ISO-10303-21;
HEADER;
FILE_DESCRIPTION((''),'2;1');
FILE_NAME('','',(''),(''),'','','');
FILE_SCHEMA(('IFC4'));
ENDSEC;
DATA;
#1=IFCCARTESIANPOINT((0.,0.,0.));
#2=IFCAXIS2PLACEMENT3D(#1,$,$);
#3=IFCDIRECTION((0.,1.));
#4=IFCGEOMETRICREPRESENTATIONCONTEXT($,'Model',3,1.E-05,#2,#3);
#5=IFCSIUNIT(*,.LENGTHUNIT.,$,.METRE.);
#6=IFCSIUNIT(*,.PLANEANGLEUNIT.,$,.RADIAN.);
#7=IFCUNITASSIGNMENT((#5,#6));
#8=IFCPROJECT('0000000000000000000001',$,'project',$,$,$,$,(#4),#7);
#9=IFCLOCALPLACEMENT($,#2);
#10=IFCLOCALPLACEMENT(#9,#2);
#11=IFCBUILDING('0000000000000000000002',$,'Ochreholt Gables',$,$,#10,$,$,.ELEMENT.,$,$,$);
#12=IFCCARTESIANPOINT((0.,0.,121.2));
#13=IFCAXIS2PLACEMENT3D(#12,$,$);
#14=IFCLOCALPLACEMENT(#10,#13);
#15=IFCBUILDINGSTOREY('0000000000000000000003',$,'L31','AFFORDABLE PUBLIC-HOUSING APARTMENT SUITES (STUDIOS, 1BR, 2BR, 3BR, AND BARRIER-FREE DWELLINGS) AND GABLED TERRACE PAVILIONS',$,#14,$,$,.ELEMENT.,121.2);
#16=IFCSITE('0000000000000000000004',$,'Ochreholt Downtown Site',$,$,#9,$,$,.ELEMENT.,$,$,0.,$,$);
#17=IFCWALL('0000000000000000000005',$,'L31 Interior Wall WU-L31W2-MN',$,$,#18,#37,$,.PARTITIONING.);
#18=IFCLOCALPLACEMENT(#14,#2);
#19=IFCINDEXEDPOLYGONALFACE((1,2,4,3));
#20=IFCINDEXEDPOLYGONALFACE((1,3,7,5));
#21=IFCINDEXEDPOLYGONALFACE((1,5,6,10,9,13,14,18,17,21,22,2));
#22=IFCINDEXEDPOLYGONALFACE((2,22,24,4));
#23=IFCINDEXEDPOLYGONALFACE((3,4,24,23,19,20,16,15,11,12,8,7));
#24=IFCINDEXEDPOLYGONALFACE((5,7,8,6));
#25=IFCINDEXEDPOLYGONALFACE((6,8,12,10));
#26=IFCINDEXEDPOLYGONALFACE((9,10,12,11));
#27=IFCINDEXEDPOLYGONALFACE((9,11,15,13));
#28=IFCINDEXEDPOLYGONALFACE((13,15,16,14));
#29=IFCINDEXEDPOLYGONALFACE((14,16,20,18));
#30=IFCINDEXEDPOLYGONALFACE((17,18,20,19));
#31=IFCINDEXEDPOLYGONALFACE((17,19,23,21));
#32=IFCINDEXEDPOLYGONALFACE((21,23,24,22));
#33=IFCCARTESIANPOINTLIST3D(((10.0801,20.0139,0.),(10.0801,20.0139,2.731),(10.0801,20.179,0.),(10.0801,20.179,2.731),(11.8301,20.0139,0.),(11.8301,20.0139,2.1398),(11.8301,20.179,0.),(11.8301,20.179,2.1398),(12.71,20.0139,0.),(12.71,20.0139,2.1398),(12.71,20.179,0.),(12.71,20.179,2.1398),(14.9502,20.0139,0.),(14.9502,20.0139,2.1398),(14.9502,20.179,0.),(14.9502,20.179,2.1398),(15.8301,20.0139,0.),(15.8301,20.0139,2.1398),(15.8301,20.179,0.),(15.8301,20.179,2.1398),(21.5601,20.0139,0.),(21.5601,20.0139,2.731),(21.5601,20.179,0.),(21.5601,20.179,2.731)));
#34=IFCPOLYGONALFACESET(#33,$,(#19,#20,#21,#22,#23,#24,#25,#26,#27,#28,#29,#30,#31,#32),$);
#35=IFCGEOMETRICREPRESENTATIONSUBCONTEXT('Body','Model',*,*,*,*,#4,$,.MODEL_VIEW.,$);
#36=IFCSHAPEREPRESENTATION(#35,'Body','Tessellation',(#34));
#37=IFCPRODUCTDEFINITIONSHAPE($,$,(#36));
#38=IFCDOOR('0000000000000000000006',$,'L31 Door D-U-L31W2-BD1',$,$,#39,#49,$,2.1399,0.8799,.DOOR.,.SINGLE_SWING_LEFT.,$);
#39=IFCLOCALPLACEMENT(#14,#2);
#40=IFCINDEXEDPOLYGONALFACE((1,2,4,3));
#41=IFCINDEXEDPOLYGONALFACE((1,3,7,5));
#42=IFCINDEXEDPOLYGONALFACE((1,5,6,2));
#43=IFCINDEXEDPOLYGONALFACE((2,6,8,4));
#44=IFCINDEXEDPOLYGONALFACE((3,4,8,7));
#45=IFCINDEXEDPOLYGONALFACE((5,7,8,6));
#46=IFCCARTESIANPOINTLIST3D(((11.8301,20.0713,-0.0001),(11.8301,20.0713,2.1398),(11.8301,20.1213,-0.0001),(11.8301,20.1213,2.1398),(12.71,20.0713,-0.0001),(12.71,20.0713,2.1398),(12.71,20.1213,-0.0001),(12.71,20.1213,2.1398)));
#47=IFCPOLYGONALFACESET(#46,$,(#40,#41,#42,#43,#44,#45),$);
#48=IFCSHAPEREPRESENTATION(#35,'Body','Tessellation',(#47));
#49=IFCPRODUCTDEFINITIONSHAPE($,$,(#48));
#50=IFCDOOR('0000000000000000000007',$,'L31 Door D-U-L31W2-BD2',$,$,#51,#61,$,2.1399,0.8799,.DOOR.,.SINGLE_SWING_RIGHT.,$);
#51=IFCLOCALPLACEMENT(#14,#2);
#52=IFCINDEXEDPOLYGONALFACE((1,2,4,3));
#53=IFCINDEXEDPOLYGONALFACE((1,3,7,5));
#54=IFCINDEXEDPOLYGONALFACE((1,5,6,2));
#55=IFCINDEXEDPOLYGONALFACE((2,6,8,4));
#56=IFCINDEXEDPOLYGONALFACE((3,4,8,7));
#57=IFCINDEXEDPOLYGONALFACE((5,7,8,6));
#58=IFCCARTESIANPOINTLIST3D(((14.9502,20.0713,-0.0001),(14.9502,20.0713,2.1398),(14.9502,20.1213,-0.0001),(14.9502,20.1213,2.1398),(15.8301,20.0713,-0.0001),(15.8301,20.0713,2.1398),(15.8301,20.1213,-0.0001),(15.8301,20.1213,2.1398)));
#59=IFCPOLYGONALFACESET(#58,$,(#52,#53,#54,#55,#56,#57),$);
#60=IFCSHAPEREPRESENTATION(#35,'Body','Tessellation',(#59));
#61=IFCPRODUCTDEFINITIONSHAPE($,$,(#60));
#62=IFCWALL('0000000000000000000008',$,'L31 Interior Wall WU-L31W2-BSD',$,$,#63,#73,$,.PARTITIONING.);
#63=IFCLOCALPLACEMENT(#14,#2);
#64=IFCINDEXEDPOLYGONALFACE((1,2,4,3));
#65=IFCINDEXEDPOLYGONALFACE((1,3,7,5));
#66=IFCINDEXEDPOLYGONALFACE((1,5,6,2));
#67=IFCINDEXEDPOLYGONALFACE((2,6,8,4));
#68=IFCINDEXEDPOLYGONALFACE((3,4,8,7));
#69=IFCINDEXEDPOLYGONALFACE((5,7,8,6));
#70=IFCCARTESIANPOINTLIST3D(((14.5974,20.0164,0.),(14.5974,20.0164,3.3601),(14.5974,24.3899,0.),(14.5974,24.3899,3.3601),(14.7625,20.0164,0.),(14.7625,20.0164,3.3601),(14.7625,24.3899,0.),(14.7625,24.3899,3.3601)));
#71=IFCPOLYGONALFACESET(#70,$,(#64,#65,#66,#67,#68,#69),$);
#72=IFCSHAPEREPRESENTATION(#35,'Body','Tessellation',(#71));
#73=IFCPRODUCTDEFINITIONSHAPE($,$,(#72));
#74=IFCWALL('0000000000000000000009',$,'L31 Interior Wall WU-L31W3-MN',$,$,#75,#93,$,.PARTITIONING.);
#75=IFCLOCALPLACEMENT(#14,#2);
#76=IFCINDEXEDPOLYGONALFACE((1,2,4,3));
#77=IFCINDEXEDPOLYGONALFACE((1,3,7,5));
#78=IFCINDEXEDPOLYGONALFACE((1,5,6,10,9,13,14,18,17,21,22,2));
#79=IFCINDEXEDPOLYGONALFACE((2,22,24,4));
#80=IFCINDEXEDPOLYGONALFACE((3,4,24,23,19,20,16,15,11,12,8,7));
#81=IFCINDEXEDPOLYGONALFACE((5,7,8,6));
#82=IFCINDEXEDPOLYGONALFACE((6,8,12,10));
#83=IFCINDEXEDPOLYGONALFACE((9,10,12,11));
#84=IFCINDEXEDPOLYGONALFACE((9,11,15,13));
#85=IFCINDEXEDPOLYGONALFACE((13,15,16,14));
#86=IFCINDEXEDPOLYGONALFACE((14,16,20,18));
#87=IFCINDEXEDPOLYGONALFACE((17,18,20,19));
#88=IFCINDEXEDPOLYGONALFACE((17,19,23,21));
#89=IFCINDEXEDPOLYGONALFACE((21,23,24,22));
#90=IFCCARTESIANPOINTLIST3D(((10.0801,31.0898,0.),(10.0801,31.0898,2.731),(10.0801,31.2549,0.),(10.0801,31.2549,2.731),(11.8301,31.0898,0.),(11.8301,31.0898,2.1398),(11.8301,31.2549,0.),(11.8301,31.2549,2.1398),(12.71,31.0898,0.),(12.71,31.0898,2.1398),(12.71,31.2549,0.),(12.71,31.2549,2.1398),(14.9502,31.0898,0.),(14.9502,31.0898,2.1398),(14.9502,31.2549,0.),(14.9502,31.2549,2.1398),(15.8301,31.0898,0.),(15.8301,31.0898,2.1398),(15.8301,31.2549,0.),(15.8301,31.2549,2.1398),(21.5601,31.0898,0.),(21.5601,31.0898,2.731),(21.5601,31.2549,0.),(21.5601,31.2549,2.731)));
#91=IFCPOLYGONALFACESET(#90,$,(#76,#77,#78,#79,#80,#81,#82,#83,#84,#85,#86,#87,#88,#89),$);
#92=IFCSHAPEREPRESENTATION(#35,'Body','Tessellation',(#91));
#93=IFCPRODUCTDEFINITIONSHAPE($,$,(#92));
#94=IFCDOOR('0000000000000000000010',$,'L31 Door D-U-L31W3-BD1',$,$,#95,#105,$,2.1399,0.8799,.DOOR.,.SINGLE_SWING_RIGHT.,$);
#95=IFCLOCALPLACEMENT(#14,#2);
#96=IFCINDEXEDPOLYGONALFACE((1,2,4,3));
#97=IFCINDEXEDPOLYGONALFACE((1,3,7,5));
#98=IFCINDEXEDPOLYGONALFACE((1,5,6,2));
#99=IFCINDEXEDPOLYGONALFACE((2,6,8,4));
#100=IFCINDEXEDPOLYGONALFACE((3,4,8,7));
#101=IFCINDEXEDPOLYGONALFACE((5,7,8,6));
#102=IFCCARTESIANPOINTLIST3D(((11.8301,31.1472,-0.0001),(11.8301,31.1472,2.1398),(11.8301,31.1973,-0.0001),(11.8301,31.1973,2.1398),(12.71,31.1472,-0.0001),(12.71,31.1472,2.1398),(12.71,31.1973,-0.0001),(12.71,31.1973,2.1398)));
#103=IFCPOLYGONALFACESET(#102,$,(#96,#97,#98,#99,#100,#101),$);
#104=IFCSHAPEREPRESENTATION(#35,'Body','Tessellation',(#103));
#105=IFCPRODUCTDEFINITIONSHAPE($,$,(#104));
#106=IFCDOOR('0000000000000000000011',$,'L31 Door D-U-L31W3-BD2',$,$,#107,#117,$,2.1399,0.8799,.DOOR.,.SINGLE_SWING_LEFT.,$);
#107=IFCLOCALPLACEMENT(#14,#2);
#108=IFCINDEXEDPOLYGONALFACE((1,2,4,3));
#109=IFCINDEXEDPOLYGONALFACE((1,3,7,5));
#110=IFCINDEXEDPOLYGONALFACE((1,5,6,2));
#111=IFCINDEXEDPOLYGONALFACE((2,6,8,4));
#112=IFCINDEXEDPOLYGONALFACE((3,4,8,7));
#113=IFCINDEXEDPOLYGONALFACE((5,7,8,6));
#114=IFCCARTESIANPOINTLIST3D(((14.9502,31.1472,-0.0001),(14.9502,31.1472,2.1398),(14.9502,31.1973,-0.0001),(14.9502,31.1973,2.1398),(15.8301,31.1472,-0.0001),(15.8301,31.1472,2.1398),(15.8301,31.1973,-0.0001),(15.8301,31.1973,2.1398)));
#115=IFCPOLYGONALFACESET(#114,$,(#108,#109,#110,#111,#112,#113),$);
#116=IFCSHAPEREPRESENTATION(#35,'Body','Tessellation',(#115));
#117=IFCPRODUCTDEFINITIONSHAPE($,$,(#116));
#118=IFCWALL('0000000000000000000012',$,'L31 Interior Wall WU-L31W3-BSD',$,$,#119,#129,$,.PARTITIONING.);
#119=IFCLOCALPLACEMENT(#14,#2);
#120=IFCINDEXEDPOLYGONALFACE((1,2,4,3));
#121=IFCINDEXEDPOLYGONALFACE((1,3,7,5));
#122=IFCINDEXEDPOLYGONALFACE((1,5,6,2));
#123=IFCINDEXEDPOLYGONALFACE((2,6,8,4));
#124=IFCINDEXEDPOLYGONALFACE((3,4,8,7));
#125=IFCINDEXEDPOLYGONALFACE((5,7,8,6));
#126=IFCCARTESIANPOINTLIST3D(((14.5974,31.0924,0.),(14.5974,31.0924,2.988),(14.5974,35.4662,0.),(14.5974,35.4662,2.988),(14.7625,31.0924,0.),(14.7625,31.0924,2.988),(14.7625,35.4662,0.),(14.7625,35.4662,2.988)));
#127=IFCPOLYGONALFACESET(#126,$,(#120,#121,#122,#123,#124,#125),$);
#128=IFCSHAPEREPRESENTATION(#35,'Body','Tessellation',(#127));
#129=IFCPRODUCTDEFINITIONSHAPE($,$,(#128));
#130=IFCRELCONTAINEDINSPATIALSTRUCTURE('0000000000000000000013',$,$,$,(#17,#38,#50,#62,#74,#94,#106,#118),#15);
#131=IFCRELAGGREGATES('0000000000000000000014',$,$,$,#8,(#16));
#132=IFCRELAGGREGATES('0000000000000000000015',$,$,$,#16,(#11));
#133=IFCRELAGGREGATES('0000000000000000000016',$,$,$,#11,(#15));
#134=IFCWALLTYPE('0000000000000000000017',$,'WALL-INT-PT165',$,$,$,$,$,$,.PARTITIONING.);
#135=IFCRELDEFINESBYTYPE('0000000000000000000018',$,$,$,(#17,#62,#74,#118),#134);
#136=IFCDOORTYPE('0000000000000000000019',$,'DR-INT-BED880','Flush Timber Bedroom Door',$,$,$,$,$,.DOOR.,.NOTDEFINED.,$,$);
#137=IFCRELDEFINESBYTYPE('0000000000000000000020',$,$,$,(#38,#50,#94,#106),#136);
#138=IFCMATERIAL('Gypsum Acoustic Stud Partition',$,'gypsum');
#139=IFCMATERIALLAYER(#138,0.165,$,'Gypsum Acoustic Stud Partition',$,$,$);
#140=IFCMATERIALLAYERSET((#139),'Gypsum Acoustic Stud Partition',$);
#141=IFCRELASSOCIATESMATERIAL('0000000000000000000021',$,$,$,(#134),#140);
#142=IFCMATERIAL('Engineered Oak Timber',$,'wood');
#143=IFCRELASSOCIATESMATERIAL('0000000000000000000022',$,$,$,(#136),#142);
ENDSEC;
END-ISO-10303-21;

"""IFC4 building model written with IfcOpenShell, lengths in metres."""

from ifc_helpers import new_model, si_unit, direction, frame, frame_2d, origin, place, context, subcontext, project, spatial, rectangle, extrude, material, layer, layer_set, type_object, element, fill, save


model = new_model("IFC4")

# Units and contexts
model_context = context("Model", 3, precision=1e-05, world=origin(), true_north=direction((0.0, 1.0)))
body_context = subcontext(model_context, "Body", "Model", "MODEL_VIEW")
ifc_project = project(units=[si_unit("LENGTHUNIT", "METRE"), si_unit("PLANEANGLEUNIT", "RADIAN")], contexts=[model_context])

# Site, building, storey
site_placement = place(None, origin())
site = spatial("IfcSite", under=ifc_project, at=site_placement, Name="Ochreholt Downtown Site", CompositionType="ELEMENT", RefElevation=0.0)
building_placement = place(site_placement, origin())
building = spatial("IfcBuilding", under=site, at=building_placement, Name="Ochreholt Gables", CompositionType="ELEMENT")
storey_placement = place(building_placement, frame((0.0, 0.0, 121.2)))
storey = spatial("IfcBuildingStorey", under=building, at=storey_placement, Name="L31", Description="AFFORDABLE PUBLIC-HOUSING APARTMENT SUITES (STUDIOS, 1BR, 2BR, 3BR, AND BARRIER-FREE DWELLINGS) AND GABLED TERRACE PAVILIONS", CompositionType="ELEMENT", Elevation=121.2)

# Shared definitions
ifc_material_1 = material(Name="Engineered Oak Timber", Category="wood")

# Wall, openings, doors
ifc_material_2 = material(Name="Gypsum Acoustic Stud Partition", Category="gypsum")
ifc_layer_1 = layer(ifc_material_2, 0.165, Name="Gypsum Acoustic Stud Partition")
ifc_layer_set_1 = layer_set([ifc_layer_1], Name="Gypsum Acoustic Stud Partition")
wall_type_1 = type_object("IfcWallType", Name="WALL-INT-PT165", PredefinedType="PARTITIONING", material=ifc_layer_set_1)
wall_1_placement = place(storey_placement, frame((10.0801, 20.0964, 0.0), z_axis=(0.0, 0.0, 1.0), x_axis=(1.0, 0.0, 0.0)))
wall_1 = element("IfcWall", 1, at=wall_1_placement, inside=storey, type_object=wall_type_1, Name="L31 Interior Wall WU-L31W2-MN", PredefinedType="PARTITIONING", context=body_context, shape_type="SweptSolid", body=[
    extrude(rectangle(XDim=11.48, YDim=0.165, at=frame_2d((5.74, 0.0))), origin(), (0.0, 0.0, 1.0), 2.731),
])
opening_1_placement = place(wall_1_placement, frame((1.75, 0.0, 0.0)))
opening_1 = element("IfcOpeningElement", 2, at=opening_1_placement, cuts=wall_1, PredefinedType="OPENING", context=body_context, shape_type="SweptSolid", body=[
    extrude(rectangle(XDim=0.8799, YDim=2.1399, at=frame_2d((0.4399, 1.0698))), frame((0.0, 0.0925, 0.0), z_axis=(0.0, -1.0, 0.0), x_axis=(1.0, 0.0, 0.0)), (0.0, 0.0, 1.0), 0.1851),
])
opening_2_placement = place(wall_1_placement, frame((4.8701, 0.0, 0.0)))
opening_2 = element("IfcOpeningElement", 3, at=opening_2_placement, cuts=wall_1, PredefinedType="OPENING", context=body_context, shape_type="SweptSolid", body=[
    extrude(rectangle(XDim=0.8799, YDim=2.1399, at=frame_2d((0.4399, 1.0698))), frame((0.0, 0.0925, 0.0), z_axis=(0.0, -1.0, 0.0), x_axis=(1.0, 0.0, 0.0)), (0.0, 0.0, 1.0), 0.1851),
])
door_type_1 = type_object("IfcDoorType", Name="DR-INT-BED880", Description="Flush Timber Bedroom Door", OperationType="NOTDEFINED", PredefinedType="DOOR", material=ifc_material_1)
door_1_placement = place(opening_1_placement, origin())
door_1 = element("IfcDoor", 4, at=door_1_placement, inside=storey, type_object=door_type_1, Name="L31 Door D-U-L31W2-BD1", OperationType="SINGLE_SWING_LEFT", OverallHeight=2.1399, OverallWidth=0.8799, PredefinedType="DOOR", context=body_context, shape_type="SweptSolid", body=[
    extrude(rectangle(XDim=0.8799, YDim=2.1399, at=frame_2d((0.4399, 1.0698))), frame((0.0, 0.0249, 0.0), z_axis=(0.0, -1.0, 0.0), x_axis=(1.0, 0.0, 0.0)), (0.0, 0.0, 1.0), 0.05),
])
fill(opening_1, door_1)
door_2_placement = place(opening_2_placement, origin())
door_2 = element("IfcDoor", 5, at=door_2_placement, inside=storey, type_object=door_type_1, Name="L31 Door D-U-L31W2-BD2", OperationType="SINGLE_SWING_RIGHT", OverallHeight=2.1399, OverallWidth=0.8799, PredefinedType="DOOR", context=body_context, shape_type="SweptSolid", body=[
    extrude(rectangle(XDim=0.8799, YDim=2.1399, at=frame_2d((0.4399, 1.0698))), frame((0.0, 0.0249, 0.0), z_axis=(0.0, -1.0, 0.0), x_axis=(1.0, 0.0, 0.0)), (0.0, 0.0, 1.0), 0.05),
])
fill(opening_2, door_2)

# Wall
wall_2_placement = place(storey_placement, frame((14.6799, 20.0164, 0.0), z_axis=(0.0, 0.0, 1.0), x_axis=(0.0, 1.0, 0.0)))
element("IfcWall", 6, at=wall_2_placement, inside=storey, type_object=wall_type_1, Name="L31 Interior Wall WU-L31W2-BSD", PredefinedType="PARTITIONING", context=body_context, shape_type="SweptSolid", body=[
    extrude(rectangle(XDim=4.3735, YDim=0.165, at=frame_2d((2.1868, 0.0))), origin(), (0.0, 0.0, 1.0), 3.3601),
])

# Wall, openings, doors
wall_3_placement = place(storey_placement, frame((10.0801, 31.1724, 0.0), z_axis=(0.0, 0.0, 1.0), x_axis=(1.0, 0.0, 0.0)))
wall_3 = element("IfcWall", 7, at=wall_3_placement, inside=storey, type_object=wall_type_1, Name="L31 Interior Wall WU-L31W3-MN", PredefinedType="PARTITIONING", context=body_context, shape_type="SweptSolid", body=[
    extrude(rectangle(XDim=11.48, YDim=0.165, at=frame_2d((5.74, 0.0))), origin(), (0.0, 0.0, 1.0), 2.731),
])
opening_3_placement = place(wall_3_placement, frame((1.75, 0.0, 0.0)))
opening_3 = element("IfcOpeningElement", 8, at=opening_3_placement, cuts=wall_3, PredefinedType="OPENING", context=body_context, shape_type="SweptSolid", body=[
    extrude(rectangle(XDim=0.8799, YDim=2.1399, at=frame_2d((0.4399, 1.0698))), frame((0.0, 0.0925, 0.0), z_axis=(0.0, -1.0, 0.0), x_axis=(1.0, 0.0, 0.0)), (0.0, 0.0, 1.0), 0.1851),
])
opening_4_placement = place(wall_3_placement, frame((4.8701, 0.0, 0.0)))
opening_4 = element("IfcOpeningElement", 9, at=opening_4_placement, cuts=wall_3, PredefinedType="OPENING", context=body_context, shape_type="SweptSolid", body=[
    extrude(rectangle(XDim=0.8799, YDim=2.1399, at=frame_2d((0.4399, 1.0698))), frame((0.0, 0.0925, 0.0), z_axis=(0.0, -1.0, 0.0), x_axis=(1.0, 0.0, 0.0)), (0.0, 0.0, 1.0), 0.1851),
])
door_3_placement = place(opening_3_placement, origin())
door_3 = element("IfcDoor", 10, at=door_3_placement, inside=storey, type_object=door_type_1, Name="L31 Door D-U-L31W3-BD1", OperationType="SINGLE_SWING_RIGHT", OverallHeight=2.1399, OverallWidth=0.8799, PredefinedType="DOOR", context=body_context, shape_type="SweptSolid", body=[
    extrude(rectangle(XDim=0.8799, YDim=2.1399, at=frame_2d((0.4399, 1.0698))), frame((0.0, 0.0249, 0.0), z_axis=(0.0, -1.0, 0.0), x_axis=(1.0, 0.0, 0.0)), (0.0, 0.0, 1.0), 0.05),
])
fill(opening_3, door_3)
door_4_placement = place(opening_4_placement, origin())
door_4 = element("IfcDoor", 11, at=door_4_placement, inside=storey, type_object=door_type_1, Name="L31 Door D-U-L31W3-BD2", OperationType="SINGLE_SWING_LEFT", OverallHeight=2.1399, OverallWidth=0.8799, PredefinedType="DOOR", context=body_context, shape_type="SweptSolid", body=[
    extrude(rectangle(XDim=0.8799, YDim=2.1399, at=frame_2d((0.4399, 1.0698))), frame((0.0, 0.0249, 0.0), z_axis=(0.0, -1.0, 0.0), x_axis=(1.0, 0.0, 0.0)), (0.0, 0.0, 1.0), 0.05),
])
fill(opening_4, door_4)

# Wall
wall_4_placement = place(storey_placement, frame((14.6799, 31.0923, 0.0), z_axis=(0.0, 0.0, 1.0), x_axis=(0.0, 1.0, 0.0)))
element("IfcWall", 12, at=wall_4_placement, inside=storey, type_object=wall_type_1, Name="L31 Interior Wall WU-L31W3-BSD", PredefinedType="PARTITIONING", context=body_context, shape_type="SweptSolid", body=[
    extrude(rectangle(XDim=4.3738, YDim=0.165, at=frame_2d((2.187, 0.0))), origin(), (0.0, 0.0, 1.0), 2.988),
])

save(model, "model.ifc")
